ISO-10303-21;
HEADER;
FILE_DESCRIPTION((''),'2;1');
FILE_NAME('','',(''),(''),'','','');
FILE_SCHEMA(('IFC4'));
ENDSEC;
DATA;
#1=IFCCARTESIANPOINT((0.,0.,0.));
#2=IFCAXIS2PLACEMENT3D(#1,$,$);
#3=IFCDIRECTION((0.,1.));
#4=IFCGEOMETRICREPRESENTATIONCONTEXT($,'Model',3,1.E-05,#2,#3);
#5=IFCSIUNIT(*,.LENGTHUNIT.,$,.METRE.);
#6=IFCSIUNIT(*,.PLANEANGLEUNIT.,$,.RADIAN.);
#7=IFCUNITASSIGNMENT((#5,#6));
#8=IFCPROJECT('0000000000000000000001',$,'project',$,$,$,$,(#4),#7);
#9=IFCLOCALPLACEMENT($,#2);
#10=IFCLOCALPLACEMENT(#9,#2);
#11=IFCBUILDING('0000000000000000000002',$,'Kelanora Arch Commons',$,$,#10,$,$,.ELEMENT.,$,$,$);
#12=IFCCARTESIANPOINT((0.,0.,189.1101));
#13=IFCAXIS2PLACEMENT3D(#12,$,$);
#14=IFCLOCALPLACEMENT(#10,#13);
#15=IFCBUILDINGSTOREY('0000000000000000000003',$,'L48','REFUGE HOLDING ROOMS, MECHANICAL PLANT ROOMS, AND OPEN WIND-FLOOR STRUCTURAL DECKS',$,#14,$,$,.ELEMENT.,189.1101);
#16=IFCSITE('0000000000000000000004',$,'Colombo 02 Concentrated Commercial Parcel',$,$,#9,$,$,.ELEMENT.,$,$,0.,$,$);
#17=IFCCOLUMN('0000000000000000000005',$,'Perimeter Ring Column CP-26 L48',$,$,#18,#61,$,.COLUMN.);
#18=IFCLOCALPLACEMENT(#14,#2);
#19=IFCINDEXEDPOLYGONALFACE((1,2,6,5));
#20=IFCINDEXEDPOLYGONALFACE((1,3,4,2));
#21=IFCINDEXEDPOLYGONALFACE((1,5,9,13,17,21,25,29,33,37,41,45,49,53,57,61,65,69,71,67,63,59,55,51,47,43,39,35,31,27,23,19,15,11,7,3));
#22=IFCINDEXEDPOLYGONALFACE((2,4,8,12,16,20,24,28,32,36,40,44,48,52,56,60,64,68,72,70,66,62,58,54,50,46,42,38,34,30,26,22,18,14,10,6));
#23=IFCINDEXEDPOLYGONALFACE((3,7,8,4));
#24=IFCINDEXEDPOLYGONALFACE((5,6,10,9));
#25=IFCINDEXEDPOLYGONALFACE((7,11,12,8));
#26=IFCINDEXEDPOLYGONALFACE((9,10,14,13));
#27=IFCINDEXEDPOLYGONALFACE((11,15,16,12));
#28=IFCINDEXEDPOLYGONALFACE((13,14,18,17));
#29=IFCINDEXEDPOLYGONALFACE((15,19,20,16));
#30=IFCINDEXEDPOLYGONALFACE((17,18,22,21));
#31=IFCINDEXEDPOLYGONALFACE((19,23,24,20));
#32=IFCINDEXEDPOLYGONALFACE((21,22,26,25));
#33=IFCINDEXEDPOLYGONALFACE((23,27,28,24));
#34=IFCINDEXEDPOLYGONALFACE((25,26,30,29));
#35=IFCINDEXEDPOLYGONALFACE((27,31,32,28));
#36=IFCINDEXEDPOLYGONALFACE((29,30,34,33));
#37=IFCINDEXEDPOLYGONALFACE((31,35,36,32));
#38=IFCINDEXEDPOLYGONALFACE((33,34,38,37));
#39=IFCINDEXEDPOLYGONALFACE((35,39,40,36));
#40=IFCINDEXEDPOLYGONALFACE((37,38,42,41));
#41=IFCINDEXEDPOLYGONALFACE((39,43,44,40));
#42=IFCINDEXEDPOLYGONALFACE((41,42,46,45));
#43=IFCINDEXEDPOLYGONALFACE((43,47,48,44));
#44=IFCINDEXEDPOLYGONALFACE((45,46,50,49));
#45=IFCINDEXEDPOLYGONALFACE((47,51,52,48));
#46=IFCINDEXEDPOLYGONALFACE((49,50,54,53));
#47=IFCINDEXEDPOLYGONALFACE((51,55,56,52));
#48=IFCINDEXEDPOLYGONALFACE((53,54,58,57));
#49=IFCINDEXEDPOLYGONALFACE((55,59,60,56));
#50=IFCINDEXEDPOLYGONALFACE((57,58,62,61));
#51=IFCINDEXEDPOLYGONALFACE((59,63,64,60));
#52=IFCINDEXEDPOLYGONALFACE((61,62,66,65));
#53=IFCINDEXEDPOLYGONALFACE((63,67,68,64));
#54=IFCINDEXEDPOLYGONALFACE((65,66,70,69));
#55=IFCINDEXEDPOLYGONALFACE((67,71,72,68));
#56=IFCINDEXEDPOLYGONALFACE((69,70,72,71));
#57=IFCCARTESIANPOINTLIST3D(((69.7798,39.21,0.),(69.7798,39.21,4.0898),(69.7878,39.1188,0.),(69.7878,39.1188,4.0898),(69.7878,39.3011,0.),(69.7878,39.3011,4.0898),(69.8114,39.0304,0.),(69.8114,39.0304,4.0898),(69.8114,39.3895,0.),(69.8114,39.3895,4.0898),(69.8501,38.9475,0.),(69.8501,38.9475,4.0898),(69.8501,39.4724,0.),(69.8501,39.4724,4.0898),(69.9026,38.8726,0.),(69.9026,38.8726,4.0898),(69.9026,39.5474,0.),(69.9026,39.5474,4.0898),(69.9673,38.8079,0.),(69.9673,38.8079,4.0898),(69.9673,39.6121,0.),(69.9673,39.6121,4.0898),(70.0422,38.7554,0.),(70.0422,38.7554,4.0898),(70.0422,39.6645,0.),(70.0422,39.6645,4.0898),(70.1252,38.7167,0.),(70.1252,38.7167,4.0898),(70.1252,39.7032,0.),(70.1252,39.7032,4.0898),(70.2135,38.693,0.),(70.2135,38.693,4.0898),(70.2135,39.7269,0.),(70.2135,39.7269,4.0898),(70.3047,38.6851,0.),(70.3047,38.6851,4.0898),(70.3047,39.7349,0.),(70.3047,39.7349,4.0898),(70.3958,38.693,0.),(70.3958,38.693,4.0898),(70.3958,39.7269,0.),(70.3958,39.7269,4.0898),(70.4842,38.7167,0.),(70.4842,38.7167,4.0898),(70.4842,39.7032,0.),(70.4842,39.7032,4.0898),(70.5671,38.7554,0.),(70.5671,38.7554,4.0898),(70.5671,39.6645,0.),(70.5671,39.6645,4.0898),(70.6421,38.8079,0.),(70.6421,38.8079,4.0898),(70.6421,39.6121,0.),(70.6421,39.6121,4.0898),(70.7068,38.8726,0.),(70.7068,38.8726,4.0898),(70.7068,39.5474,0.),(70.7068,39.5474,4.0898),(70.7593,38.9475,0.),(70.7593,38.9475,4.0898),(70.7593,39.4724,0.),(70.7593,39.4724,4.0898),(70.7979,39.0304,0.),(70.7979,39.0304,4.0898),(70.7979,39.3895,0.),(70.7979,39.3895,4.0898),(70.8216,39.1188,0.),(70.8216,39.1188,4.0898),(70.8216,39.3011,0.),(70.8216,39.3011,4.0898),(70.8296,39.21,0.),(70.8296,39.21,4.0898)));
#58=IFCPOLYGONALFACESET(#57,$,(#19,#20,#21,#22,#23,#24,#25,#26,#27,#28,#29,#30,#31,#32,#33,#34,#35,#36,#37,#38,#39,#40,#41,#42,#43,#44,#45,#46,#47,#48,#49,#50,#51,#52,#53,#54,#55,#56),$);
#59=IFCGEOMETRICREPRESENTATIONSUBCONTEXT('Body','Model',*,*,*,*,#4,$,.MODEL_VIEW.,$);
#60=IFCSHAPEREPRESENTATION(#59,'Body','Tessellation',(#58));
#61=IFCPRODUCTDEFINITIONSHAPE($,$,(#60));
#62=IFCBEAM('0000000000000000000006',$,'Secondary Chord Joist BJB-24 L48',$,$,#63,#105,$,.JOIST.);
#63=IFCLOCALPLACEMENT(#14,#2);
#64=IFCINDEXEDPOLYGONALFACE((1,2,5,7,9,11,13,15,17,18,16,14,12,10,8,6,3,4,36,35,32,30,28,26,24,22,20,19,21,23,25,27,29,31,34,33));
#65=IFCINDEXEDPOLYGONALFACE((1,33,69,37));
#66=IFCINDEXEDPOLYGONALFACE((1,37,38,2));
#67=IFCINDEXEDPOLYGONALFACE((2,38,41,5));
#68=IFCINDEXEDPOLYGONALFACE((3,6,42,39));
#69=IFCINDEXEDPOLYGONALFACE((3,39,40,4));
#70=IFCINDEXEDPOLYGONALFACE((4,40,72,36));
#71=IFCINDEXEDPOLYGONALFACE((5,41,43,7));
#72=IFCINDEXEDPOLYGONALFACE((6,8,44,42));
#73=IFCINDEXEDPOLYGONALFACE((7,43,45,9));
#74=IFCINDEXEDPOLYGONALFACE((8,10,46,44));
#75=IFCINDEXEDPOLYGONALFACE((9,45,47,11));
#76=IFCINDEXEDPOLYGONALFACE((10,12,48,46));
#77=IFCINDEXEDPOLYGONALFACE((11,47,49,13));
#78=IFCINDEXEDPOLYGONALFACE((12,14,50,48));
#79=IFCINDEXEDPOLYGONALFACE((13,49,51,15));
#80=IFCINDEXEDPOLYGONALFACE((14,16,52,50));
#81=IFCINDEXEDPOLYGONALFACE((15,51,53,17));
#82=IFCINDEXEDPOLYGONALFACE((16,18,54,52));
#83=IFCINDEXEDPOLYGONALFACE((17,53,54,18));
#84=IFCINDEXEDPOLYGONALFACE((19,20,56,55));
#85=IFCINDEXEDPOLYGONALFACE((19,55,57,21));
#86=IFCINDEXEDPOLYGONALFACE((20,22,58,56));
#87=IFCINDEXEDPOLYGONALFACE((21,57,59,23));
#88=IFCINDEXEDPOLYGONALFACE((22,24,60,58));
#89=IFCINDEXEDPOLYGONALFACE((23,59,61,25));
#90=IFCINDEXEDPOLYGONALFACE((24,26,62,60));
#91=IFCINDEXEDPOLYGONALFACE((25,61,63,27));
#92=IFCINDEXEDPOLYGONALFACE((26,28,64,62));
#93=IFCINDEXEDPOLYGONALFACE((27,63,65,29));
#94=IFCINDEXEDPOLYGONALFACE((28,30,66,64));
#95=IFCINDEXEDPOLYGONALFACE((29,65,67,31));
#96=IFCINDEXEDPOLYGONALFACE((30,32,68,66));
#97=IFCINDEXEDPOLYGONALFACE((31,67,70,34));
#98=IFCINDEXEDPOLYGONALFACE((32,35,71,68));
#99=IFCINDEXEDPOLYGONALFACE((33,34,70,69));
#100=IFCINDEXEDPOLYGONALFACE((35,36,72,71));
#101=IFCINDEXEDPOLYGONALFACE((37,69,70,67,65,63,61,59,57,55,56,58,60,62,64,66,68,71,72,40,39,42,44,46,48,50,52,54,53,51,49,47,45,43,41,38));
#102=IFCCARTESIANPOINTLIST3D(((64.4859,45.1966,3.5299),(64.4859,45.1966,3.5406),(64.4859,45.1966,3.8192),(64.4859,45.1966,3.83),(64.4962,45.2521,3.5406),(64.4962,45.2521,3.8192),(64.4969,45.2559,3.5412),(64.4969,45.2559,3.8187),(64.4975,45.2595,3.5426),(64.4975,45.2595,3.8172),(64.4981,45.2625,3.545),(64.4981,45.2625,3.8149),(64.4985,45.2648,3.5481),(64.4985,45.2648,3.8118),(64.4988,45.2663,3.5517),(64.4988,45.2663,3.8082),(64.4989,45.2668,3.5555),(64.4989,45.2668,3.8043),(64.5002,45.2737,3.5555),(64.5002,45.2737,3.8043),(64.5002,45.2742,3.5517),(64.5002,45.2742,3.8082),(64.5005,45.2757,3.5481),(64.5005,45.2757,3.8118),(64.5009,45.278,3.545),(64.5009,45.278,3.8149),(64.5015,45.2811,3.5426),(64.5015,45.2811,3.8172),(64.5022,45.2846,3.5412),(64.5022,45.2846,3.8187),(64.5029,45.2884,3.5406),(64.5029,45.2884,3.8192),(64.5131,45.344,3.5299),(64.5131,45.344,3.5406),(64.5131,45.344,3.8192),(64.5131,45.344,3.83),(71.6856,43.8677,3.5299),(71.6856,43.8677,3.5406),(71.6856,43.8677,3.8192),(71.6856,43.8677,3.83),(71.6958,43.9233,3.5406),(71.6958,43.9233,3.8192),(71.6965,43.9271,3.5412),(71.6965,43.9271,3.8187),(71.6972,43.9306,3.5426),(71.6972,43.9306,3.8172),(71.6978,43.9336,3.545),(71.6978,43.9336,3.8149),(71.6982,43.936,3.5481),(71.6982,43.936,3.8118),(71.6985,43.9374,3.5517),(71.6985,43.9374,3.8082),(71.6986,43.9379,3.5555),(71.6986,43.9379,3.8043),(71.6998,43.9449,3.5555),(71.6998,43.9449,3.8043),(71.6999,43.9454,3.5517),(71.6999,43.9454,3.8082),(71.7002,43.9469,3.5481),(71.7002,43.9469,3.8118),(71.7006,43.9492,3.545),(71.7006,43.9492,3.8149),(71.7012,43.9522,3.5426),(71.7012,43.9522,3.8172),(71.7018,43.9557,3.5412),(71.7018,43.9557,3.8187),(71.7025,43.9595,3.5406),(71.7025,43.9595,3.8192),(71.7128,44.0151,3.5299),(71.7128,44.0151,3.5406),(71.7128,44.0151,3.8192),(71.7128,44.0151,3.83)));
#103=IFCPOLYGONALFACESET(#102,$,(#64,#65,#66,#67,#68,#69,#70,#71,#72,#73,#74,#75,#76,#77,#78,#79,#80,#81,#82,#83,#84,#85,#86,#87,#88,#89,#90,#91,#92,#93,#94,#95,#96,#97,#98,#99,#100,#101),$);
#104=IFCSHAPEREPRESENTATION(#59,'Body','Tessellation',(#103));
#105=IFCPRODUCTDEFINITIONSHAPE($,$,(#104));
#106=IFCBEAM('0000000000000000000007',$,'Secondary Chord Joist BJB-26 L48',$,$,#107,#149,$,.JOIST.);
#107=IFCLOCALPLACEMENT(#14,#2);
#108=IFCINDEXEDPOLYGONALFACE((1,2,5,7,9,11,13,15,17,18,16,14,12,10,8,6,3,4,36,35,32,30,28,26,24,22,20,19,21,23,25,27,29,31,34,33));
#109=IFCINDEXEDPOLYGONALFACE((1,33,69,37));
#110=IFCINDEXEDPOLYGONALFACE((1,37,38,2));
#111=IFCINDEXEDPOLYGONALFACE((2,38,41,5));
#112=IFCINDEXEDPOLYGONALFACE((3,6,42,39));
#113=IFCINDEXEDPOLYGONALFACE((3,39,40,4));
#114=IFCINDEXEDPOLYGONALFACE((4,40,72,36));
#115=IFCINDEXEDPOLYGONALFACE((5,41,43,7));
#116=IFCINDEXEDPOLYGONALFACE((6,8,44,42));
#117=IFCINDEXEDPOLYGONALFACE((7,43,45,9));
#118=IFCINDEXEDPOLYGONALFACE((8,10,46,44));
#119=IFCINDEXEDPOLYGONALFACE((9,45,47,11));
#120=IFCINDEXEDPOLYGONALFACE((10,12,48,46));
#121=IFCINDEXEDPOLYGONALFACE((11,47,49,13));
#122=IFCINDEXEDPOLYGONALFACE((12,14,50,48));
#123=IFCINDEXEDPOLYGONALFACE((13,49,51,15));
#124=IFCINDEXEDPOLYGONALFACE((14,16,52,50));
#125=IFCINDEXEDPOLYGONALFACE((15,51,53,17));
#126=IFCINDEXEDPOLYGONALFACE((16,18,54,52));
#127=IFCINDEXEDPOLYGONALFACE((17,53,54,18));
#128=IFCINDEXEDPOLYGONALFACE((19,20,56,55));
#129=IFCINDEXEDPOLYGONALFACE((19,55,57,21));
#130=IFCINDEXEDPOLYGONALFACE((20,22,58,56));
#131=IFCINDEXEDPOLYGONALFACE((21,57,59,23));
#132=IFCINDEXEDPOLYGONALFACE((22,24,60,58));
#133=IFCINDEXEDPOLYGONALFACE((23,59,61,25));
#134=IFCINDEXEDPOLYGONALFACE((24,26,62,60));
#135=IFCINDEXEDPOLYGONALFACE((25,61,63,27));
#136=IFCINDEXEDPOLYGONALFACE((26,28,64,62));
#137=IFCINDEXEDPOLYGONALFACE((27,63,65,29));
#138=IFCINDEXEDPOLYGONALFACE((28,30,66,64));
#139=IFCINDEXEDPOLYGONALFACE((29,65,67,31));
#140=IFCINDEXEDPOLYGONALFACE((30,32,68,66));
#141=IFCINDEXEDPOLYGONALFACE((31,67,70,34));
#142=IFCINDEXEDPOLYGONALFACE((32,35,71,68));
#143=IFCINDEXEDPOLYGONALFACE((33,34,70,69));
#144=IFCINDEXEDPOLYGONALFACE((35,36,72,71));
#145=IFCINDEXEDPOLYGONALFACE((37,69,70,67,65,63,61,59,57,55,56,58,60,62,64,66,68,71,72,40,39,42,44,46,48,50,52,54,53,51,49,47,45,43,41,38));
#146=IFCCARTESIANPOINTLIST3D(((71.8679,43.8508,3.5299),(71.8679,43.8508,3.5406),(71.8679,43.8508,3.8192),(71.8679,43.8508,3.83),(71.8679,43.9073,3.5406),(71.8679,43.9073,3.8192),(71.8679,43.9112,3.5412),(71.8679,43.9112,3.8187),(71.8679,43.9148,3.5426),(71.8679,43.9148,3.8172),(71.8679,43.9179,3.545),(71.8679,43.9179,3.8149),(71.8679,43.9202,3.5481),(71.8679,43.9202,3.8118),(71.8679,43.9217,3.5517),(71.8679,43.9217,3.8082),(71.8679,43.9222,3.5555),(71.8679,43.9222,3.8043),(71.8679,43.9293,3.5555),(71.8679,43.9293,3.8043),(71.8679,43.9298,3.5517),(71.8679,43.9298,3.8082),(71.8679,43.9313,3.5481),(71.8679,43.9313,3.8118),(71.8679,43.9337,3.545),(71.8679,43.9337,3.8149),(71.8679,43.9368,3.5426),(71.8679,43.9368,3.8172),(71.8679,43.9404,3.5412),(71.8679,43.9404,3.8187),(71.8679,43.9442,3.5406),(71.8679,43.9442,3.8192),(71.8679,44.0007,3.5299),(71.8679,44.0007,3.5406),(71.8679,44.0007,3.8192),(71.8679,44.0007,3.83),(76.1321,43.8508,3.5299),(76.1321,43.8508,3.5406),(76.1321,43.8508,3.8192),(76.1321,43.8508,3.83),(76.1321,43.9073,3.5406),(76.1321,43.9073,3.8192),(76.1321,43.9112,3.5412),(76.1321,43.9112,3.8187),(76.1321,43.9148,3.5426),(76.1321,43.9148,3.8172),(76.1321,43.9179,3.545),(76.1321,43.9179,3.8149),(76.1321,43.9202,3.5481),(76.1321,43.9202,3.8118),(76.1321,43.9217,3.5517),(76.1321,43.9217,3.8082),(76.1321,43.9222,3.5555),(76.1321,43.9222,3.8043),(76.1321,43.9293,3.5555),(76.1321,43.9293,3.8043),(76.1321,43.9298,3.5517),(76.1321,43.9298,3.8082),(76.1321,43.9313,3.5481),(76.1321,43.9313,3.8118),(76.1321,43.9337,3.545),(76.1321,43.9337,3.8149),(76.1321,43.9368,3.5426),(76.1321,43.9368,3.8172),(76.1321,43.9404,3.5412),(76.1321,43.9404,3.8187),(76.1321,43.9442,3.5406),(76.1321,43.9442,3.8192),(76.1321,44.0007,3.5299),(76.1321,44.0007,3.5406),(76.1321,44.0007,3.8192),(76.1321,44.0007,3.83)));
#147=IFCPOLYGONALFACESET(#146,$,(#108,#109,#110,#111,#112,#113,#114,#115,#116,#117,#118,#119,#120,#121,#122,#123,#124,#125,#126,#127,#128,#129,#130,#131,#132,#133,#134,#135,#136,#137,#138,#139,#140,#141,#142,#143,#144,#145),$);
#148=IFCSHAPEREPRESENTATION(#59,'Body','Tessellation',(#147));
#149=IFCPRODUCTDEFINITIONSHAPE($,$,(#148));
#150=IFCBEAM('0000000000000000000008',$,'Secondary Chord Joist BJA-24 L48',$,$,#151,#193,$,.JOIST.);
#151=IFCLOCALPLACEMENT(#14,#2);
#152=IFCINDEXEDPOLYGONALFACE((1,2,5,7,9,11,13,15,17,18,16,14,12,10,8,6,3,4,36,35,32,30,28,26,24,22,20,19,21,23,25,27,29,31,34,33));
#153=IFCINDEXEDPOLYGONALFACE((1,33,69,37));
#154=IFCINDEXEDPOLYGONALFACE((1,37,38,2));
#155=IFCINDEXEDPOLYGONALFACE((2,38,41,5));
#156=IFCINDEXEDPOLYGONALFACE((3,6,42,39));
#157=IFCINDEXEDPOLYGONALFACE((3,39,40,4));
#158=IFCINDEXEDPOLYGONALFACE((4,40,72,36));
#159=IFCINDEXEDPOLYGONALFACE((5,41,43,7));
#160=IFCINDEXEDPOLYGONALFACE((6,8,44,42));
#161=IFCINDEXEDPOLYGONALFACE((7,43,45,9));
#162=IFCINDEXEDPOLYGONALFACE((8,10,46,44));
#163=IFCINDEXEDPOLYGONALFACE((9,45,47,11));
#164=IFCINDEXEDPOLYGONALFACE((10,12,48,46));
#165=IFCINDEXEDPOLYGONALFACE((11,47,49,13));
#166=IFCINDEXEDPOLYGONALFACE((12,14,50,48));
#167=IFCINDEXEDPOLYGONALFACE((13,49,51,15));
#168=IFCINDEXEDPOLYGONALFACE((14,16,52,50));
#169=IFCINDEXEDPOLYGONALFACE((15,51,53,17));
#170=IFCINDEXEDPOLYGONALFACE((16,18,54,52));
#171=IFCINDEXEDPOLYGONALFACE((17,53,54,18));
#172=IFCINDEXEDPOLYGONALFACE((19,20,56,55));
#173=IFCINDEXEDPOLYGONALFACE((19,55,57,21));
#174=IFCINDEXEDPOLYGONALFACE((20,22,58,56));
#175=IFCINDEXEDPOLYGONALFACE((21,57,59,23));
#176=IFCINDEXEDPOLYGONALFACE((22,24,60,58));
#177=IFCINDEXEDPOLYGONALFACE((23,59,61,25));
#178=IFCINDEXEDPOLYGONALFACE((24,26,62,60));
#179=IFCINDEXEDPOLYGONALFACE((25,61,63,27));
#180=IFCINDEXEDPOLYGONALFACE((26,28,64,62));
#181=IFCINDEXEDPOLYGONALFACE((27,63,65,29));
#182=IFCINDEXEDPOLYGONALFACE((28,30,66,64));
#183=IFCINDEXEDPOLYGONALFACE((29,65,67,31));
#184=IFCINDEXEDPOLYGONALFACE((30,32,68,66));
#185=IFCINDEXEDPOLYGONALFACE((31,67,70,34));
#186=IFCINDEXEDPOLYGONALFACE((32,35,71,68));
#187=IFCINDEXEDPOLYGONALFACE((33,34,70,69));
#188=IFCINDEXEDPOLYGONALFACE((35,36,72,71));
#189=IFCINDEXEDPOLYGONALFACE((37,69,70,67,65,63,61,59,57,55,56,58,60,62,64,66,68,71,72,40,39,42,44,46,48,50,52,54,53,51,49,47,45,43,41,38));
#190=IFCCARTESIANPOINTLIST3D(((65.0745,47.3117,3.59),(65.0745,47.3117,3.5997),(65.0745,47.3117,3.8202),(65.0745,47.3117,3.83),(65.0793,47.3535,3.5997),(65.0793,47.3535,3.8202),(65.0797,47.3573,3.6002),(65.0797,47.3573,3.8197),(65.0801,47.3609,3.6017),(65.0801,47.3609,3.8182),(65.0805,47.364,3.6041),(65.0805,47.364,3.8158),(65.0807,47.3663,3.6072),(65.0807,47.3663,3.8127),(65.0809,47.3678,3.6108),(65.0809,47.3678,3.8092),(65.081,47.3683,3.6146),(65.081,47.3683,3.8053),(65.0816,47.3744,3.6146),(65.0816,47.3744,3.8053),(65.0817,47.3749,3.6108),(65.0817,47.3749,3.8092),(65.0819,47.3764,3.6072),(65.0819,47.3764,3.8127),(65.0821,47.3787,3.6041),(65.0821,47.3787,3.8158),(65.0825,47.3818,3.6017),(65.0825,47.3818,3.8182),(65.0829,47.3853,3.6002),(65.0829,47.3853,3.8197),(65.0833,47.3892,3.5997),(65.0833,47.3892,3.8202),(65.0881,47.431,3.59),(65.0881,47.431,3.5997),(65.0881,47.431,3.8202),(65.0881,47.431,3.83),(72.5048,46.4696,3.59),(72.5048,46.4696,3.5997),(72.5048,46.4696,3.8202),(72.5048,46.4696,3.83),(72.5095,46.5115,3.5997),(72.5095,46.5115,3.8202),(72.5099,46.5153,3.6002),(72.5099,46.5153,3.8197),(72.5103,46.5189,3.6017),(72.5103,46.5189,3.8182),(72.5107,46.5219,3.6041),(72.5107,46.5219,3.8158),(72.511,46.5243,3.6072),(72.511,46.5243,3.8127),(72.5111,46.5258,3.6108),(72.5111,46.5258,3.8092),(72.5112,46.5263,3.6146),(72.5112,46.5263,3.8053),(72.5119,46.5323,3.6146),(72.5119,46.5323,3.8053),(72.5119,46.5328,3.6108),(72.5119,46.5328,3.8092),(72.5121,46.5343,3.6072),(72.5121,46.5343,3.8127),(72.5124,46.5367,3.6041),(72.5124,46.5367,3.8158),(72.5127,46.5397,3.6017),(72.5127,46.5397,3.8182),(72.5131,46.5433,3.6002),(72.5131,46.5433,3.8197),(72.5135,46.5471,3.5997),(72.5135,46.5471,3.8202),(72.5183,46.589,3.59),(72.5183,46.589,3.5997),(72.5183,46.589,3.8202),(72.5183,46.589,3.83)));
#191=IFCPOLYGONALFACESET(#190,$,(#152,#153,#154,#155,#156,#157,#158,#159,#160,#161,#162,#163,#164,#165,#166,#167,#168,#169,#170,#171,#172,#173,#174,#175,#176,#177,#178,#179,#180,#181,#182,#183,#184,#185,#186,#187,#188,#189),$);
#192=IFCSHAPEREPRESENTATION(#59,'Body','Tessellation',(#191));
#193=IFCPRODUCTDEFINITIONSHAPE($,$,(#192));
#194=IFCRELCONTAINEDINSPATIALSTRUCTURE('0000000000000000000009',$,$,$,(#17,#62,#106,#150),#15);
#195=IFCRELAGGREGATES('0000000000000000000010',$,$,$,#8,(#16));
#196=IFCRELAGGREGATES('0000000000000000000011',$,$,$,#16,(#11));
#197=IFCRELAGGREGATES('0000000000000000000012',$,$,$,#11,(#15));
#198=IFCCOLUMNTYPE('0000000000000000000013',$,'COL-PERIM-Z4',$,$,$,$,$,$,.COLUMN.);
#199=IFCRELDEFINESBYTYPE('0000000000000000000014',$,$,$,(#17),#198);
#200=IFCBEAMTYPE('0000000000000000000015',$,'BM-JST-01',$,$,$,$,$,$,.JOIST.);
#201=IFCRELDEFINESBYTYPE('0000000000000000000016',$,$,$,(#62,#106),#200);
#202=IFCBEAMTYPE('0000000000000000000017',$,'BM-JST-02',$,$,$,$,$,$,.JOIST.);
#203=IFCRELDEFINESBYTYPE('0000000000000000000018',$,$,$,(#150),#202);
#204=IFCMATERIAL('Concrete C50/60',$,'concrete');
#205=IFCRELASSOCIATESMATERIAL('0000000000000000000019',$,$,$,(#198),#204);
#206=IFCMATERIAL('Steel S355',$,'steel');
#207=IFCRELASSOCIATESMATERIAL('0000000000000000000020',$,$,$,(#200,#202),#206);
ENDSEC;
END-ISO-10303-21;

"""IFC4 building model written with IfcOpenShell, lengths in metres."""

from ifc_helpers import new_model, si_unit, direction, frame, origin, origin_2d, place, context, subcontext, project, spatial, circle, i_section, extrude, material, material_profile, profile_set, type_object, element, save


model = new_model("IFC4")

# Units and contexts
model_context = context("Model", 3, precision=1e-05, world=origin(), true_north=direction((0.0, 1.0)))
body_context = subcontext(model_context, "Body", "Model", "MODEL_VIEW")
ifc_project = project(units=[si_unit("LENGTHUNIT", "METRE"), si_unit("PLANEANGLEUNIT", "RADIAN")], contexts=[model_context])

# Site, building, storey
site_placement = place(None, origin())
site = spatial("IfcSite", under=ifc_project, at=site_placement, Name="Colombo 02 Concentrated Commercial Parcel", CompositionType="ELEMENT", RefElevation=0.0)
building_placement = place(site_placement, origin())
building = spatial("IfcBuilding", under=site, at=building_placement, Name="Kelanora Arch Commons", CompositionType="ELEMENT")
storey_placement = place(building_placement, frame((0.0, 0.0, 189.1101)))
storey = spatial("IfcBuildingStorey", under=building, at=storey_placement, Name="L48", Description="REFUGE HOLDING ROOMS, MECHANICAL PLANT ROOMS, AND OPEN WIND-FLOOR STRUCTURAL DECKS", CompositionType="ELEMENT", Elevation=189.1101)

# Column
ifc_material_1 = material(Name="Concrete C50/60", Category="concrete")
ifc_material_profile_1 = material_profile(ifc_material_1, circle(Radius=0.5249, at=origin_2d()), Name="RCC1050")
ifc_profile_set_1 = profile_set([ifc_material_profile_1], Name="Concrete C50/60")
column_type = type_object("IfcColumnType", Name="COL-PERIM-Z4", PredefinedType="COLUMN", material=ifc_profile_set_1)
column_placement = place(storey_placement, frame((70.3047, 39.21, 0.0), z_axis=(0.0, 0.0, 1.0), x_axis=(1.0, 0.0, 0.0)))
element("IfcColumn", 1, at=column_placement, inside=storey, type_object=column_type, Name="Perimeter Ring Column CP-26 L48", PredefinedType="COLUMN", context=body_context, shape_type="SweptSolid", body=[
    extrude(circle(Radius=0.5249, at=origin_2d()), origin(), (0.0, 0.0, 1.0), 4.0898),
])

# Beams
ifc_material_2 = material(Name="Steel S355", Category="steel")
ifc_material_profile_2 = material_profile(ifc_material_2, i_section(OverallWidth=0.1499, OverallDepth=0.3, WebThickness=0.0071, FlangeThickness=0.0107, FilletRadius=0.0149, at=origin_2d()), Name="IPE300")
ifc_profile_set_2 = profile_set([ifc_material_profile_2], Name="Steel S355")
beam_type_1 = type_object("IfcBeamType", Name="BM-JST-01", PredefinedType="JOIST", material=ifc_profile_set_2)
beam_1_placement = place(storey_placement, frame((64.4995, 45.2703, 3.6799), z_axis=(0.98339, -0.181505, 0.0), x_axis=(0.181505, 0.98339, 0.0)))
element("IfcBeam", 2, at=beam_1_placement, inside=storey, type_object=beam_type_1, Name="Secondary Chord Joist BJB-24 L48", PredefinedType="JOIST", context=body_context, shape_type="SweptSolid", body=[
    extrude(i_section(OverallWidth=0.1499, OverallDepth=0.3, WebThickness=0.0071, FlangeThickness=0.0107, FilletRadius=0.0149, at=origin_2d()), origin(), (0.0, 0.0, 1.0), 7.3213),
])
beam_2_placement = place(storey_placement, frame((71.8679, 43.9258, 3.6799), z_axis=(1.0, 0.0, 0.0), x_axis=(0.0, 1.0, 0.0)))
element("IfcBeam", 3, at=beam_2_placement, inside=storey, type_object=beam_type_1, Name="Secondary Chord Joist BJB-26 L48", PredefinedType="JOIST", context=body_context, shape_type="SweptSolid", body=[
    extrude(i_section(OverallWidth=0.1499, OverallDepth=0.3, WebThickness=0.0071, FlangeThickness=0.0107, FilletRadius=0.0149, at=origin_2d()), origin(), (0.0, 0.0, 1.0), 4.2642),
])
ifc_material_profile_3 = material_profile(ifc_material_2, i_section(OverallWidth=0.1201, OverallDepth=0.24, WebThickness=0.0061, FlangeThickness=0.0098, FilletRadius=0.0149, at=origin_2d()), Name="IPE240")
ifc_profile_set_3 = profile_set([ifc_material_profile_3], Name="Steel S355")
beam_type_2 = type_object("IfcBeamType", Name="BM-JST-02", PredefinedType="JOIST", material=ifc_profile_set_3)
beam_3_placement = place(storey_placement, frame((65.0813, 47.3713, 3.71), z_axis=(0.99364, -0.112606, 0.0), x_axis=(0.112606, 0.99364, 0.0)))
element("IfcBeam", 4, at=beam_3_placement, inside=storey, type_object=beam_type_2, Name="Secondary Chord Joist BJA-24 L48", PredefinedType="JOIST", context=body_context, shape_type="SweptSolid", body=[
    extrude(i_section(OverallWidth=0.1201, OverallDepth=0.24, WebThickness=0.0061, FlangeThickness=0.0098, FilletRadius=0.0149, at=origin_2d()), origin(), (0.0, 0.0, 1.0), 7.4778),
])

save(model, "model.ifc")
